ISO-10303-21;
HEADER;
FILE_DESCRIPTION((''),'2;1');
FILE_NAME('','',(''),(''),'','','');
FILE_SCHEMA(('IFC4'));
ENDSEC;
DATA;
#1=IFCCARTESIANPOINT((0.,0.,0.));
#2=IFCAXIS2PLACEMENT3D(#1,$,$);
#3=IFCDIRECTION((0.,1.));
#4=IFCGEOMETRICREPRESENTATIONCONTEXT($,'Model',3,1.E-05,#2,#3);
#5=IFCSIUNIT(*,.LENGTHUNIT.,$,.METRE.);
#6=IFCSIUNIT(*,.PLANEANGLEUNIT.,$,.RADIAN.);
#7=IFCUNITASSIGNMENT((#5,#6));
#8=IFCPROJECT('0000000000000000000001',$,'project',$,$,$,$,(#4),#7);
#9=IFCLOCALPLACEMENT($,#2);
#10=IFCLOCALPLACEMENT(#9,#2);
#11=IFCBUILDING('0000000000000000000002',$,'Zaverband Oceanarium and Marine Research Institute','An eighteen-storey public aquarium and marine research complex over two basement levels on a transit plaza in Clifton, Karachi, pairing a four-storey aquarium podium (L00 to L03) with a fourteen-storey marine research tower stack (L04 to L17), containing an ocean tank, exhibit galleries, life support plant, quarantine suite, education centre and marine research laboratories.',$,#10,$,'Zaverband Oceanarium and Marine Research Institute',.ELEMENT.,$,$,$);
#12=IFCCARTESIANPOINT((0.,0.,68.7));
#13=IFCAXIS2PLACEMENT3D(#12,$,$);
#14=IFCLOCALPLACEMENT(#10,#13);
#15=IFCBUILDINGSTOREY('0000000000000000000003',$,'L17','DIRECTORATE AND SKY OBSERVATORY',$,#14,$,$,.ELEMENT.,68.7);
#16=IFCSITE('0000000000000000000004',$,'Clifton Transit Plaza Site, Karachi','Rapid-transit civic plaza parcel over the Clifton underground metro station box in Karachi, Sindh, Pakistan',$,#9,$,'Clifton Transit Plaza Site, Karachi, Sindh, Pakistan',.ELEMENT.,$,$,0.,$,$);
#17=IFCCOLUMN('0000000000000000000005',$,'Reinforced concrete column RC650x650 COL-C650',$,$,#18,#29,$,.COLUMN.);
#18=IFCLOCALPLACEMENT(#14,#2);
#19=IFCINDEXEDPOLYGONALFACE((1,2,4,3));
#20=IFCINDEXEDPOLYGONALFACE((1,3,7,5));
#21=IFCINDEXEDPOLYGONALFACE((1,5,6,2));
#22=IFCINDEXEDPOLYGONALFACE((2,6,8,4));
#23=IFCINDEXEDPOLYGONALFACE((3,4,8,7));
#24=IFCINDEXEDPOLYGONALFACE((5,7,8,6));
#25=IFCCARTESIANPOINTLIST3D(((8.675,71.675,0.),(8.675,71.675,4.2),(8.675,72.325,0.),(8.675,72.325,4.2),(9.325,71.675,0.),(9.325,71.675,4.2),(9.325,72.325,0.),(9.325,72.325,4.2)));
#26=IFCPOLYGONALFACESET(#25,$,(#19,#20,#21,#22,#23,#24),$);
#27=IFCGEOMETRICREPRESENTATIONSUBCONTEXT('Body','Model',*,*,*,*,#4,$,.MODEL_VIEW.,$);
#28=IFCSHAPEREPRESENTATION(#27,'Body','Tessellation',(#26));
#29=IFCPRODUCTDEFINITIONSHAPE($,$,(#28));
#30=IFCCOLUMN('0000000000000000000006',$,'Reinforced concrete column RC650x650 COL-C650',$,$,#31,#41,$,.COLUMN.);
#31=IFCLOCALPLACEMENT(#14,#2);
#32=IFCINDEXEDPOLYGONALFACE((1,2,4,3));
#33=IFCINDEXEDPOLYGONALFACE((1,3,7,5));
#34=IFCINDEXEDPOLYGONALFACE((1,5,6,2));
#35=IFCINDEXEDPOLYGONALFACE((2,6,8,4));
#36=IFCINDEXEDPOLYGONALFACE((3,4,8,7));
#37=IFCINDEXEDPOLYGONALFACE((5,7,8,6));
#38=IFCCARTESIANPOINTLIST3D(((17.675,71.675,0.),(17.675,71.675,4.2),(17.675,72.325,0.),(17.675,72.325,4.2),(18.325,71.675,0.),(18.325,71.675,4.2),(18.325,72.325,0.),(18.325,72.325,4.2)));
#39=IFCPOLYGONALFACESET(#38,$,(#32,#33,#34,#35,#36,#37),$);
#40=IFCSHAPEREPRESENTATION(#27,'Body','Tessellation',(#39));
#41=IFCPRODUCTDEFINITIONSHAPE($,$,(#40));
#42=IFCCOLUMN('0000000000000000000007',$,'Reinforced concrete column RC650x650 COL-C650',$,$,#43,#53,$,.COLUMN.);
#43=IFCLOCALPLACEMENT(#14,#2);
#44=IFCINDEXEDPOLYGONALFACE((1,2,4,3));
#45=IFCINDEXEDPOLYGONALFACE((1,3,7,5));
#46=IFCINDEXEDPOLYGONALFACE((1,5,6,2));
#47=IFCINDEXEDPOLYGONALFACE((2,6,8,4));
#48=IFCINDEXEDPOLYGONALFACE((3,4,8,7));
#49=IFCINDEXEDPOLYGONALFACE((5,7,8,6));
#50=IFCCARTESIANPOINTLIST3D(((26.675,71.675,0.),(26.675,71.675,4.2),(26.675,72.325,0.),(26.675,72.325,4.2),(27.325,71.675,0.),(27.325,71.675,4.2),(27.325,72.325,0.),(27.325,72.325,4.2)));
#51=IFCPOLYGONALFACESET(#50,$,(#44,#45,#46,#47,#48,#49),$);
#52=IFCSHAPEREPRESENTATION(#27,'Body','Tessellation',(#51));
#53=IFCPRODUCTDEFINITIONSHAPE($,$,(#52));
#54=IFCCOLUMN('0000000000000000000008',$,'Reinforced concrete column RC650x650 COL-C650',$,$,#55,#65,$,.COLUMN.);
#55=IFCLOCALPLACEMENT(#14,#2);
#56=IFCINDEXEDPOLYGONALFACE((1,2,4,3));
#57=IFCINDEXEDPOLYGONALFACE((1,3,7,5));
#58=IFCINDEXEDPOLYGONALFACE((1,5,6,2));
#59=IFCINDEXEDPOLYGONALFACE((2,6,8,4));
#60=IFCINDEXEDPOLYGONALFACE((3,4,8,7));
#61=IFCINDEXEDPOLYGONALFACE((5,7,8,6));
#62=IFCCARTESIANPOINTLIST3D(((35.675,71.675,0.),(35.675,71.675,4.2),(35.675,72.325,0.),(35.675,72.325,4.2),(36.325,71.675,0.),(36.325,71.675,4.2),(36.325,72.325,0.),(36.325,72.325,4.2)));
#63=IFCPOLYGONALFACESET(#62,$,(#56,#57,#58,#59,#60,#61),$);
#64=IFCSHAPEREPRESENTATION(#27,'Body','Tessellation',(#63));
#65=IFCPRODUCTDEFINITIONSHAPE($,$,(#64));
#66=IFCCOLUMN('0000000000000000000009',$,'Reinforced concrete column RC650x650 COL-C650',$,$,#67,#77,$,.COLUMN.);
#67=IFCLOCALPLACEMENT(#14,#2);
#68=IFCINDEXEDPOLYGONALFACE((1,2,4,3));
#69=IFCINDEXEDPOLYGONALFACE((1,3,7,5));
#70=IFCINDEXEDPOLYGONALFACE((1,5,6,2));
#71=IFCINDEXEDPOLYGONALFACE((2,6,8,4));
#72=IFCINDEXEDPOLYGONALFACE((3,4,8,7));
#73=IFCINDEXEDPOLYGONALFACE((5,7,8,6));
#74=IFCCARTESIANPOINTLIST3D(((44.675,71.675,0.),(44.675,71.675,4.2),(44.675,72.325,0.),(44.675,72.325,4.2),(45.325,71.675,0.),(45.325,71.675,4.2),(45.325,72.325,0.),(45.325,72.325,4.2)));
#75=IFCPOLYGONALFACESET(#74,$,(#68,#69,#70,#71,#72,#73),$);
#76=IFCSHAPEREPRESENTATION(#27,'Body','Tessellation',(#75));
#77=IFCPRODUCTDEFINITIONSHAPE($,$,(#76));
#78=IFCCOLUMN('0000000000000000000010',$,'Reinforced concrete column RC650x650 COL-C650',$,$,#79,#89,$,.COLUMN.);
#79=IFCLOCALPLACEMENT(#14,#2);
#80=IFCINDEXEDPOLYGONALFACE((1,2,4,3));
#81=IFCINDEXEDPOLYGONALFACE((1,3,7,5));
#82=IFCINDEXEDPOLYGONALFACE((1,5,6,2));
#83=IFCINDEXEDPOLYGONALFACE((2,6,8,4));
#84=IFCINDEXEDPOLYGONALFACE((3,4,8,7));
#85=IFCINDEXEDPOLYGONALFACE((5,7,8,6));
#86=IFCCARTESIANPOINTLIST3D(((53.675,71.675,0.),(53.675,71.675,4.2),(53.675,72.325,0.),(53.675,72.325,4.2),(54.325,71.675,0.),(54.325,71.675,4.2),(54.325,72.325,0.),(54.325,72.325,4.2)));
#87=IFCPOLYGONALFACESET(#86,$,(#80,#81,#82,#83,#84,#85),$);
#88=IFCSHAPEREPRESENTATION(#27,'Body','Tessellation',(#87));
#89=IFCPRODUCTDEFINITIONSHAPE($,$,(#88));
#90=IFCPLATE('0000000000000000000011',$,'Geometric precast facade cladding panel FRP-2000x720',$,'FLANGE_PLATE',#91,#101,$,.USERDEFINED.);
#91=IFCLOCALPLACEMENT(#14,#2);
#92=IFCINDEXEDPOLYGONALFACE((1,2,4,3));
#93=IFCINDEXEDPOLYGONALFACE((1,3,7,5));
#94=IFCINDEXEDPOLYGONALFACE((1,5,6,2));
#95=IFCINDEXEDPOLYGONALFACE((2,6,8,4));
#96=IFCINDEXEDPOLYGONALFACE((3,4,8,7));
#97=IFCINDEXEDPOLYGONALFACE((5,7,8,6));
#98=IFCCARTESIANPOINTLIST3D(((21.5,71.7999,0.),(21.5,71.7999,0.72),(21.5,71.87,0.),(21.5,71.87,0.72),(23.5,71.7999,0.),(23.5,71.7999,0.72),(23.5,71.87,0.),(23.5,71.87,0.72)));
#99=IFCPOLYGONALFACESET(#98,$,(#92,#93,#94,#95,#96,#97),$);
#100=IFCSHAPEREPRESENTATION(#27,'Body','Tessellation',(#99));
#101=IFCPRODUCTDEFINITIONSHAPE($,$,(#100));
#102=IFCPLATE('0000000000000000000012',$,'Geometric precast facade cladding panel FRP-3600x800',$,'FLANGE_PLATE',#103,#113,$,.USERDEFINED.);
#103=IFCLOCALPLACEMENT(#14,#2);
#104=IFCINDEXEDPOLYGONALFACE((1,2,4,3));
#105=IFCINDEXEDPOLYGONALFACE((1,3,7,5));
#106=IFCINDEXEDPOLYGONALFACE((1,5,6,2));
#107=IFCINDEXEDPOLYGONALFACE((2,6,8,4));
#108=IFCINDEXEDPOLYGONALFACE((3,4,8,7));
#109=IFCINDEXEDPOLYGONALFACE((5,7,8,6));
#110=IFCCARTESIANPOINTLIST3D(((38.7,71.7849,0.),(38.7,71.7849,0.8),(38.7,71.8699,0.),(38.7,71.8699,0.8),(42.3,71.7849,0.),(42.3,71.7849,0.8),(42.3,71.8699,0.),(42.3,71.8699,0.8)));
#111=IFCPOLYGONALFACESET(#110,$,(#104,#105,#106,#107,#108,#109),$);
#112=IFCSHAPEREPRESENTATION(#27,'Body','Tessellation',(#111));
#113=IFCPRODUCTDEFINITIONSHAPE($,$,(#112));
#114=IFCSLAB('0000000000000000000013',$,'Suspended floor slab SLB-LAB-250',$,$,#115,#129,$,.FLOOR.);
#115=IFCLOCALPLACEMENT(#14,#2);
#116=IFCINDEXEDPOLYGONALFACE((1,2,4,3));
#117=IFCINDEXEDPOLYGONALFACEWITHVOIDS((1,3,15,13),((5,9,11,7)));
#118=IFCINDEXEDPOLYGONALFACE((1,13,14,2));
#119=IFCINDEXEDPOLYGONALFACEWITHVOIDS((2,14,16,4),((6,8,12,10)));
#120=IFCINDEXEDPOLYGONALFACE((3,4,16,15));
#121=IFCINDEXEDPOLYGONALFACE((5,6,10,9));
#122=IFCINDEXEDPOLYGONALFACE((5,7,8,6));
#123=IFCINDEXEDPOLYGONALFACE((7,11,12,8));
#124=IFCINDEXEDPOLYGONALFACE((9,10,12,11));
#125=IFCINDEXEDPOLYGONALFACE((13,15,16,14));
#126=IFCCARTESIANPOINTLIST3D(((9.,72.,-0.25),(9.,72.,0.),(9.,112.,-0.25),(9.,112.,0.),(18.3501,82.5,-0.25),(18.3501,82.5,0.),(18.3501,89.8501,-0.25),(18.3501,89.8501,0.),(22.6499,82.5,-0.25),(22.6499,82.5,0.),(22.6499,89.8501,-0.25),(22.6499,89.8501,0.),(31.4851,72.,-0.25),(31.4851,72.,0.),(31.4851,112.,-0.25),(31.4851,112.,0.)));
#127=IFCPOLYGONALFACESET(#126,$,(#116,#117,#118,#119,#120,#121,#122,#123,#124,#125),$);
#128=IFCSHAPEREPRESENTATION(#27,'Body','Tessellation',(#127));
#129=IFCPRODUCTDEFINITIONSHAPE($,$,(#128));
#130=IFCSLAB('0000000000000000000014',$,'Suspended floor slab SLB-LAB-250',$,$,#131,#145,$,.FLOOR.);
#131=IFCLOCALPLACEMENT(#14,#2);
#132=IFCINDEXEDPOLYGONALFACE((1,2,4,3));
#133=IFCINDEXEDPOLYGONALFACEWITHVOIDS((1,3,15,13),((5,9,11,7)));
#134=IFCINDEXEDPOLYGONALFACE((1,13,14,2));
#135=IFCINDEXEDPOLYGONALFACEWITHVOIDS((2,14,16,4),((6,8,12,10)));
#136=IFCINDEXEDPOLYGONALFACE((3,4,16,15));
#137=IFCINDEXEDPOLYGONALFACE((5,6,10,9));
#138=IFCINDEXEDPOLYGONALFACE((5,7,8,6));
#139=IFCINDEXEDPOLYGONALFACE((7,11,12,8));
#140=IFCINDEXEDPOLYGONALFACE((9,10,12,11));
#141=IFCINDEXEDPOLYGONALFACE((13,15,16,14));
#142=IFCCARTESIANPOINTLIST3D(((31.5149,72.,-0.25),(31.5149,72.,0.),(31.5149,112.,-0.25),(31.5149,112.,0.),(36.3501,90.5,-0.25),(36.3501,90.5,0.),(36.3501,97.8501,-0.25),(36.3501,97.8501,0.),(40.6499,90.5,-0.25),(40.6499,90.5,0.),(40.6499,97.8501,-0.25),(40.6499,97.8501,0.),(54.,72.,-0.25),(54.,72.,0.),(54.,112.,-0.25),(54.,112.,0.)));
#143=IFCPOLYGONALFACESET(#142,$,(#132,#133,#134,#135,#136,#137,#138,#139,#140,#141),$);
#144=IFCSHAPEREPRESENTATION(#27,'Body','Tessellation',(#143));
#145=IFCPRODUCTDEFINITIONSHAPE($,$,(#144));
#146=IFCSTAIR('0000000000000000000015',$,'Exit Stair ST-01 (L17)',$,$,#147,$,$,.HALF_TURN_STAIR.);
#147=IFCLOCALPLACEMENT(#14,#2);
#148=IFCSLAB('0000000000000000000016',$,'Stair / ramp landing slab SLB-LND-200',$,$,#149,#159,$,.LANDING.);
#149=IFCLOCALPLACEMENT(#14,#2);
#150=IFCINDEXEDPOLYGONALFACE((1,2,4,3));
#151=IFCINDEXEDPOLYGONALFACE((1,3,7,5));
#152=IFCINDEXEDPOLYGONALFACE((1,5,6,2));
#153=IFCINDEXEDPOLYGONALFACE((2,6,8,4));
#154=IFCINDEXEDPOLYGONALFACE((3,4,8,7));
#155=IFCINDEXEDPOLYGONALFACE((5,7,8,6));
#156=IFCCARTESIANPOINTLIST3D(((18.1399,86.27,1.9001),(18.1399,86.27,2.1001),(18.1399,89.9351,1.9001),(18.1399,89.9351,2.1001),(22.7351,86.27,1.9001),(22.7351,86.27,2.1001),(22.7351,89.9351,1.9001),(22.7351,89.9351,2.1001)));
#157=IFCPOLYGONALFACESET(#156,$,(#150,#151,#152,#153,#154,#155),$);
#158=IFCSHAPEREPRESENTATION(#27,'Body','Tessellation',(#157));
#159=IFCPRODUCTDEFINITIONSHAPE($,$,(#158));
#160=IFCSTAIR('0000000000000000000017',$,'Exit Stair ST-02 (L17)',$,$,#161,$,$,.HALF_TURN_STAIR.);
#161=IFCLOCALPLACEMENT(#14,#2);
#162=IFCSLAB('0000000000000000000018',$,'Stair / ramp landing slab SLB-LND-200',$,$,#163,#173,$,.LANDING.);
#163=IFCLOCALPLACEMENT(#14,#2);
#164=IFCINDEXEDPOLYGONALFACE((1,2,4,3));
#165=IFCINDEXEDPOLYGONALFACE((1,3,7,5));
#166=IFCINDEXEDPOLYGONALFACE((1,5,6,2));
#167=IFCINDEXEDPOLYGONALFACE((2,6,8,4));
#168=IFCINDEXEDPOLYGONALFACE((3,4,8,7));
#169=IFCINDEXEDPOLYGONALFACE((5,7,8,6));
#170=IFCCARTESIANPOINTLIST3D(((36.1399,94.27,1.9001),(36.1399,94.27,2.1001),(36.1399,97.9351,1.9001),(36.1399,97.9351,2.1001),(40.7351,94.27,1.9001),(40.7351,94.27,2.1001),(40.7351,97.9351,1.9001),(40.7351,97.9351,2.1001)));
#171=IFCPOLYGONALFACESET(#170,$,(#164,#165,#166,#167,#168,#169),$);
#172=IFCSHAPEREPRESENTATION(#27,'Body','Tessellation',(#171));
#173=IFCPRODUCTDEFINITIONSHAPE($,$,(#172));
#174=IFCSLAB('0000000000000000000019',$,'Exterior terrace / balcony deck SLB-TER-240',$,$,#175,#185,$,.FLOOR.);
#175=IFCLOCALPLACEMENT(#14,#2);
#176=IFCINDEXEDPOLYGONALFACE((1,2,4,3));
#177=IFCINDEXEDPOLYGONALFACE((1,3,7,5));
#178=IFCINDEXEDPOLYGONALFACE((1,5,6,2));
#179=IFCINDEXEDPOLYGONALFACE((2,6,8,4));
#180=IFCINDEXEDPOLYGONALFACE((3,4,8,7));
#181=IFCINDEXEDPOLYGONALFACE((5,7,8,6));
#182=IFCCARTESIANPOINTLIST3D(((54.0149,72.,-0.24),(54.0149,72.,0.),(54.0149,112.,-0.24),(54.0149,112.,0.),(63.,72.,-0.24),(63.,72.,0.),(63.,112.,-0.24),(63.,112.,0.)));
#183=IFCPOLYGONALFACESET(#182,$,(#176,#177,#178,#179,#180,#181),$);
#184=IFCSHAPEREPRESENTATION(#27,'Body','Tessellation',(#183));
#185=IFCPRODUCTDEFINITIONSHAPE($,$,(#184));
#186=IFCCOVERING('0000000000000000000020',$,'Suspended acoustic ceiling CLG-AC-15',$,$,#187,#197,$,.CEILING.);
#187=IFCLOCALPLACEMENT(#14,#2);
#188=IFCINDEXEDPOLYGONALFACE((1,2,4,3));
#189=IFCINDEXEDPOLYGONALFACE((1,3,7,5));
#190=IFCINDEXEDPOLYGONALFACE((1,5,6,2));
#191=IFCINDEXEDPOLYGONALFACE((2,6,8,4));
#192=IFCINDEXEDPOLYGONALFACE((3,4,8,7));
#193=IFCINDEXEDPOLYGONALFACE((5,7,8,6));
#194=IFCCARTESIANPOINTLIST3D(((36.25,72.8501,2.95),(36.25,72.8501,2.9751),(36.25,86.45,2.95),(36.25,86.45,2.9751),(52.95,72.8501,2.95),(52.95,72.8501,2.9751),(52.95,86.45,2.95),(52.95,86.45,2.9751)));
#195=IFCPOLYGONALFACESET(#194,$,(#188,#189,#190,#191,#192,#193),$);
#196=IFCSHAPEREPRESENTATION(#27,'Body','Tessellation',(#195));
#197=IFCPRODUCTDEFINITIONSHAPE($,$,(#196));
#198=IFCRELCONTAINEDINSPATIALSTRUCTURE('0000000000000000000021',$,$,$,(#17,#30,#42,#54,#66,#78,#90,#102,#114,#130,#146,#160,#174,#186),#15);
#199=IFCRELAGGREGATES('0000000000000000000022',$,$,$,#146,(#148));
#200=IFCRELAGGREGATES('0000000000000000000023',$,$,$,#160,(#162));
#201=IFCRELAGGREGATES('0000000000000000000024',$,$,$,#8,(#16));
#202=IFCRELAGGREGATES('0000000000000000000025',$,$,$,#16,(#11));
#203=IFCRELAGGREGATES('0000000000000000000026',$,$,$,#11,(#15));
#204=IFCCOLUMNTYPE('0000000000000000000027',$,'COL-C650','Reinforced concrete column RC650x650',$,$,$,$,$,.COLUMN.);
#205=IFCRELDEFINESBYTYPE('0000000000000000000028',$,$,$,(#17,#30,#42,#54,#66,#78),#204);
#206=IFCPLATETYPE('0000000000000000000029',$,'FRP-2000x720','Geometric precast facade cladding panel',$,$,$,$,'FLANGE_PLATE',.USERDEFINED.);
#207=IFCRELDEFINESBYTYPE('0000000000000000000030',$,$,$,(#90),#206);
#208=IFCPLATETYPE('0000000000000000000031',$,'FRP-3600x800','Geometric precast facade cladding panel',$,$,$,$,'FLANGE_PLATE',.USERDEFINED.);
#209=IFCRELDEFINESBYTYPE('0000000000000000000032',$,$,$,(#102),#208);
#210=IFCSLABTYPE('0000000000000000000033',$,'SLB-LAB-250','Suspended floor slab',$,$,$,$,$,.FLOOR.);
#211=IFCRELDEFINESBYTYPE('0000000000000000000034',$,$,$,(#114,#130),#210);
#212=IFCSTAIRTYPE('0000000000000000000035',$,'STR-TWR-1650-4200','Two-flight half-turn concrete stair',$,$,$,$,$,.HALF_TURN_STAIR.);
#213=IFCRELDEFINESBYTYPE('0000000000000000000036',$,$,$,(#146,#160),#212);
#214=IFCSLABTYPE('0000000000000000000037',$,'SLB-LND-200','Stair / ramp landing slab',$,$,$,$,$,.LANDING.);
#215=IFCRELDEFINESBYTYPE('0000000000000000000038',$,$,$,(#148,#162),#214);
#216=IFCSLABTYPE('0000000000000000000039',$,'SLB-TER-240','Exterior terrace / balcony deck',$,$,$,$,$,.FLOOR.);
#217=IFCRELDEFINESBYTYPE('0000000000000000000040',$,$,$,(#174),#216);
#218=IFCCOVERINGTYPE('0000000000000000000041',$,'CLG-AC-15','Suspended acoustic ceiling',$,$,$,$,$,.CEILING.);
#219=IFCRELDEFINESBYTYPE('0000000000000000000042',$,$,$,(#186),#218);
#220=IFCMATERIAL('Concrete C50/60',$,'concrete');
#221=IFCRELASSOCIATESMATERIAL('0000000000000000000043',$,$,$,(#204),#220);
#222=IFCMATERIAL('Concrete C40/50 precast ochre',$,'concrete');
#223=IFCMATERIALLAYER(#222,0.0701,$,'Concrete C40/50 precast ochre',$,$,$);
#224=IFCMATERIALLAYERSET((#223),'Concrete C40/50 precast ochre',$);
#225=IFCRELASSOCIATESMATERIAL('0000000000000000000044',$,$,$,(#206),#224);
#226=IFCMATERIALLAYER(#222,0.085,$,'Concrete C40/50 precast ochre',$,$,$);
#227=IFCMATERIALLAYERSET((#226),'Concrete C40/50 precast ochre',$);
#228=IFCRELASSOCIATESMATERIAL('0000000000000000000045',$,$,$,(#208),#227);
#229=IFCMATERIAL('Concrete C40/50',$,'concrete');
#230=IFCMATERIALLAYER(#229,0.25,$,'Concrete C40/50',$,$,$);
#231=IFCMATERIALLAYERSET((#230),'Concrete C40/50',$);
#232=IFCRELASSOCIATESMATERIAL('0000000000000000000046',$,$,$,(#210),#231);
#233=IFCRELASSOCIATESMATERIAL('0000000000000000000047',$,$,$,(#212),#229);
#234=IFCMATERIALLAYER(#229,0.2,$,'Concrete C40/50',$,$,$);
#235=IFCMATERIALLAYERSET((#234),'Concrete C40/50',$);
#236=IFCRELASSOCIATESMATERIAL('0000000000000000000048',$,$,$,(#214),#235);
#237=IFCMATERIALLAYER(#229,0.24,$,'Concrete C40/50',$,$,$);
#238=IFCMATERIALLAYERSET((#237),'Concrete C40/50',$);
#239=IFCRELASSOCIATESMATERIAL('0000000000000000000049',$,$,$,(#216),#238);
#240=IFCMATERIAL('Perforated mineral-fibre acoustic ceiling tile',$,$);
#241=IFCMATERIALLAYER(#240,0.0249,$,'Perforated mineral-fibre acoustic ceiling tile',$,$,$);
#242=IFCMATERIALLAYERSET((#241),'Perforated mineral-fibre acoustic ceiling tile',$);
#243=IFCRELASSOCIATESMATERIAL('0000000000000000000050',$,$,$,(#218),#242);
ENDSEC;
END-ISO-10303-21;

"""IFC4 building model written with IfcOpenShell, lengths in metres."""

from ifc_helpers import new_model, si_unit, direction, frame, frame_2d, origin, origin_2d, place, context, subcontext, project, spatial, polyline, rectangle, outline, extrude, material, layer, layer_set, material_profile, profile_set, type_object, element, aggregate, save


model = new_model("IFC4")

# Units and contexts
model_context = context("Model", 3, precision=1e-05, world=origin(), true_north=direction((0.0, 1.0)))
body_context = subcontext(model_context, "Body", "Model", "MODEL_VIEW")
ifc_project = project(units=[si_unit("LENGTHUNIT", "METRE"), si_unit("PLANEANGLEUNIT", "RADIAN")], contexts=[model_context])

# Site, building, storey
site_placement = place(None, origin())
site = spatial("IfcSite", under=ifc_project, at=site_placement, Name="Clifton Transit Plaza Site, Karachi", Description="Rapid-transit civic plaza parcel over the Clifton underground metro station box in Karachi, Sindh, Pakistan", LongName="Clifton Transit Plaza Site, Karachi, Sindh, Pakistan", CompositionType="ELEMENT", RefElevation=0.0)
building_placement = place(site_placement, origin())
building = spatial("IfcBuilding", under=site, at=building_placement, Name="Zaverband Oceanarium and Marine Research Institute", Description="An eighteen-storey public aquarium and marine research complex over two basement levels on a transit plaza in Clifton, Karachi, pairing a four-storey aquarium podium (L00 to L03) with a fourteen-storey marine research tower stack (L04 to L17), containing an ocean tank, exhibit galleries, life support plant, quarantine suite, education centre and marine research laboratories.", LongName="Zaverband Oceanarium and Marine Research Institute", CompositionType="ELEMENT")
storey_placement = place(building_placement, frame((0.0, 0.0, 68.7)))
storey = spatial("IfcBuildingStorey", under=building, at=storey_placement, Name="L17", Description="DIRECTORATE AND SKY OBSERVATORY", CompositionType="ELEMENT", Elevation=68.7)

# Columns
ifc_material_1 = material(Name="Concrete C50/60", Category="concrete")
ifc_material_profile = material_profile(ifc_material_1, rectangle(XDim=0.6499, YDim=0.6499, at=origin_2d()), Name="RC650x650")
ifc_profile_set = profile_set([ifc_material_profile], Name="Concrete C50/60")
column_type = type_object("IfcColumnType", Name="COL-C650", Description="Reinforced concrete column RC650x650", PredefinedType="COLUMN", material=ifc_profile_set)
for number, where, z_axis, x_axis, name in (
    (1, (9.0, 72.0, 0.0), (0.0, 0.0, 1.0), (1.0, 0.0, 0.0), "Reinforced concrete column RC650x650 COL-C650"),
    (2, (18.0, 72.0, 0.0), (0.0, 0.0, 1.0), (1.0, 0.0, 0.0), "Reinforced concrete column RC650x650 COL-C650"),
    (3, (27.0, 72.0, 0.0), (0.0, 0.0, 1.0), (1.0, 0.0, 0.0), "Reinforced concrete column RC650x650 COL-C650"),
    (4, (36.0, 72.0, 0.0), (0.0, 0.0, 1.0), (1.0, 0.0, 0.0), "Reinforced concrete column RC650x650 COL-C650"),
    (5, (45.0, 72.0, 0.0), (0.0, 0.0, 1.0), (1.0, 0.0, 0.0), "Reinforced concrete column RC650x650 COL-C650"),
    (6, (54.0, 72.0, 0.0), (0.0, 0.0, 1.0), (1.0, 0.0, 0.0), "Reinforced concrete column RC650x650 COL-C650"),
):
    element("IfcColumn", number, at=place(storey_placement, frame(where, z_axis=z_axis, x_axis=x_axis)), inside=storey, type_object=column_type, Name=name, PredefinedType="COLUMN", context=body_context, shape_type="SweptSolid", body=[
        extrude(rectangle(XDim=0.6499, YDim=0.6499, at=origin_2d()), origin(), (0.0, 0.0, 1.0), 4.2),
    ])

# Plates
ifc_material_2 = material(Name="Concrete C40/50 precast ochre", Category="concrete")
ifc_layer_1 = layer(ifc_material_2, 0.0701, Name="Concrete C40/50 precast ochre")
ifc_layer_set_1 = layer_set([ifc_layer_1], Name="Concrete C40/50 precast ochre")
plate_type_1 = type_object("IfcPlateType", Name="FRP-2000x720", Description="Geometric precast facade cladding panel", ElementType="FLANGE_PLATE", PredefinedType="USERDEFINED", material=ifc_layer_set_1)
plate_1_placement = place(storey_placement, frame((21.5, 71.835, 0.0), z_axis=(0.0, 0.0, 1.0), x_axis=(1.0, 0.0, 0.0)))
element("IfcPlate", 7, at=plate_1_placement, inside=storey, type_object=plate_type_1, Name="Geometric precast facade cladding panel FRP-2000x720", ObjectType="FLANGE_PLATE", PredefinedType="USERDEFINED", context=body_context, shape_type="SweptSolid", body=[
    extrude(rectangle(XDim=2.0, YDim=0.0701, at=frame_2d((1.0, 0.0))), origin(), (0.0, 0.0, 1.0), 0.72),
])
ifc_layer_2 = layer(ifc_material_2, 0.085, Name="Concrete C40/50 precast ochre")
ifc_layer_set_2 = layer_set([ifc_layer_2], Name="Concrete C40/50 precast ochre")
plate_type_2 = type_object("IfcPlateType", Name="FRP-3600x800", Description="Geometric precast facade cladding panel", ElementType="FLANGE_PLATE", PredefinedType="USERDEFINED", material=ifc_layer_set_2)
plate_2_placement = place(storey_placement, frame((38.7, 71.8274, 0.0), z_axis=(0.0, 0.0, 1.0), x_axis=(1.0, 0.0, 0.0)))
element("IfcPlate", 8, at=plate_2_placement, inside=storey, type_object=plate_type_2, Name="Geometric precast facade cladding panel FRP-3600x800", ObjectType="FLANGE_PLATE", PredefinedType="USERDEFINED", context=body_context, shape_type="SweptSolid", body=[
    extrude(rectangle(XDim=3.6001, YDim=0.085, at=frame_2d((1.8, 0.0))), origin(), (0.0, 0.0, 1.0), 0.8),
])

# Slabs
ifc_material_3 = material(Name="Concrete C40/50", Category="concrete")
ifc_layer_3 = layer(ifc_material_3, 0.25, Name="Concrete C40/50")
ifc_layer_set_3 = layer_set([ifc_layer_3], Name="Concrete C40/50")
slab_type_1 = type_object("IfcSlabType", Name="SLB-LAB-250", Description="Suspended floor slab", PredefinedType="FLOOR", material=ifc_layer_set_3)
slab_1_placement = place(storey_placement, frame((0.0, 0.0, -0.25)))
element("IfcSlab", 9, at=slab_1_placement, inside=storey, type_object=slab_type_1, Name="Suspended floor slab SLB-LAB-250", PredefinedType="FLOOR", context=body_context, shape_type="SweptSolid", body=[
    extrude(outline(polyline([(9.0, 112.0), (31.4851, 112.0), (31.4851, 72.0), (9.0, 72.0), (9.0, 112.0)]), holes=[polyline([(18.3501, 82.5), (22.6499, 82.5), (22.6499, 89.8501), (18.3501, 89.8501), (18.3501, 82.5)])]), origin(), (0.0, 0.0, 1.0), 0.25),
])
slab_2_placement = place(storey_placement, frame((0.0, 0.0, -0.25)))
element("IfcSlab", 10, at=slab_2_placement, inside=storey, type_object=slab_type_1, Name="Suspended floor slab SLB-LAB-250", PredefinedType="FLOOR", context=body_context, shape_type="SweptSolid", body=[
    extrude(outline(polyline([(31.5149, 112.0), (54.0, 112.0), (54.0, 72.0), (31.5149, 72.0), (31.5149, 112.0)]), holes=[polyline([(36.3501, 90.5), (40.6499, 90.5), (40.6499, 97.8501), (36.3501, 97.8501), (36.3501, 90.5)])]), origin(), (0.0, 0.0, 1.0), 0.25),
])

# Stairs, slabs
stair_type = type_object("IfcStairType", Name="STR-TWR-1650-4200", Description="Two-flight half-turn concrete stair", PredefinedType="HALF_TURN_STAIR", material=ifc_material_3)
stair_1_placement = place(storey_placement, origin())
stair_1 = element("IfcStair", 11, at=stair_1_placement, inside=storey, type_object=stair_type, Name="Exit Stair ST-01 (L17)", PredefinedType="HALF_TURN_STAIR")
ifc_layer_4 = layer(ifc_material_3, 0.2, Name="Concrete C40/50")
ifc_layer_set_4 = layer_set([ifc_layer_4], Name="Concrete C40/50")
slab_type_2 = type_object("IfcSlabType", Name="SLB-LND-200", Description="Stair / ramp landing slab", PredefinedType="LANDING", material=ifc_layer_set_4)
slab_3_placement = place(storey_placement, frame((0.0, 0.0, 1.9001)))
slab_3 = element("IfcSlab", 12, at=slab_3_placement, type_object=slab_type_2, Name="Stair / ramp landing slab SLB-LND-200", PredefinedType="LANDING", context=body_context, shape_type="SweptSolid", body=[
    extrude(outline(polyline([(18.1399, 86.27), (22.7351, 86.27), (22.7351, 89.9351), (18.1399, 89.9351), (18.1399, 86.27)])), origin(), (0.0, 0.0, 1.0), 0.2),
])
aggregate(stair_1, [slab_3])
stair_2_placement = place(storey_placement, origin())
stair_2 = element("IfcStair", 13, at=stair_2_placement, inside=storey, type_object=stair_type, Name="Exit Stair ST-02 (L17)", PredefinedType="HALF_TURN_STAIR")
slab_4_placement = place(storey_placement, frame((0.0, 0.0, 1.9001)))
slab_4 = element("IfcSlab", 14, at=slab_4_placement, type_object=slab_type_2, Name="Stair / ramp landing slab SLB-LND-200", PredefinedType="LANDING", context=body_context, shape_type="SweptSolid", body=[
    extrude(outline(polyline([(36.1399, 94.27), (40.7351, 94.27), (40.7351, 97.9351), (36.1399, 97.9351), (36.1399, 94.27)])), origin(), (0.0, 0.0, 1.0), 0.2),
])
aggregate(stair_2, [slab_4])

# Slab
ifc_layer_5 = layer(ifc_material_3, 0.24, Name="Concrete C40/50")
ifc_layer_set_5 = layer_set([ifc_layer_5], Name="Concrete C40/50")
slab_type_3 = type_object("IfcSlabType", Name="SLB-TER-240", Description="Exterior terrace / balcony deck", PredefinedType="FLOOR", material=ifc_layer_set_5)
slab_5_placement = place(storey_placement, frame((0.0, 0.0, -0.24)))
element("IfcSlab", 15, at=slab_5_placement, inside=storey, type_object=slab_type_3, Name="Exterior terrace / balcony deck SLB-TER-240", PredefinedType="FLOOR", context=body_context, shape_type="SweptSolid", body=[
    extrude(outline(polyline([(54.0149, 72.0), (63.0, 72.0), (63.0, 112.0), (54.0149, 112.0), (54.0149, 72.0)])), origin(), (0.0, 0.0, 1.0), 0.24),
])

# Covering
ifc_material_4 = material(Name="Perforated mineral-fibre acoustic ceiling tile")
ifc_layer_6 = layer(ifc_material_4, 0.0249, Name="Perforated mineral-fibre acoustic ceiling tile")
ifc_layer_set_6 = layer_set([ifc_layer_6], Name="Perforated mineral-fibre acoustic ceiling tile")
covering_type_1 = type_object("IfcCoveringType", Name="CLG-AC-15", Description="Suspended acoustic ceiling", PredefinedType="CEILING", material=ifc_layer_set_6)
covering_1_placement = place(storey_placement, frame((0.0, 0.0, 2.95)))
element("IfcCovering", 16, at=covering_1_placement, inside=storey, type_object=covering_type_1, Name="Suspended acoustic ceiling CLG-AC-15", PredefinedType="CEILING", context=body_context, shape_type="SweptSolid", body=[
    extrude(outline(polyline([(36.25, 72.8501), (52.95, 72.8501), (52.95, 86.45), (36.25, 86.45), (36.25, 72.8501)])), origin(), (0.0, 0.0, 1.0), 0.0251),
])

save(model, "model.ifc")
